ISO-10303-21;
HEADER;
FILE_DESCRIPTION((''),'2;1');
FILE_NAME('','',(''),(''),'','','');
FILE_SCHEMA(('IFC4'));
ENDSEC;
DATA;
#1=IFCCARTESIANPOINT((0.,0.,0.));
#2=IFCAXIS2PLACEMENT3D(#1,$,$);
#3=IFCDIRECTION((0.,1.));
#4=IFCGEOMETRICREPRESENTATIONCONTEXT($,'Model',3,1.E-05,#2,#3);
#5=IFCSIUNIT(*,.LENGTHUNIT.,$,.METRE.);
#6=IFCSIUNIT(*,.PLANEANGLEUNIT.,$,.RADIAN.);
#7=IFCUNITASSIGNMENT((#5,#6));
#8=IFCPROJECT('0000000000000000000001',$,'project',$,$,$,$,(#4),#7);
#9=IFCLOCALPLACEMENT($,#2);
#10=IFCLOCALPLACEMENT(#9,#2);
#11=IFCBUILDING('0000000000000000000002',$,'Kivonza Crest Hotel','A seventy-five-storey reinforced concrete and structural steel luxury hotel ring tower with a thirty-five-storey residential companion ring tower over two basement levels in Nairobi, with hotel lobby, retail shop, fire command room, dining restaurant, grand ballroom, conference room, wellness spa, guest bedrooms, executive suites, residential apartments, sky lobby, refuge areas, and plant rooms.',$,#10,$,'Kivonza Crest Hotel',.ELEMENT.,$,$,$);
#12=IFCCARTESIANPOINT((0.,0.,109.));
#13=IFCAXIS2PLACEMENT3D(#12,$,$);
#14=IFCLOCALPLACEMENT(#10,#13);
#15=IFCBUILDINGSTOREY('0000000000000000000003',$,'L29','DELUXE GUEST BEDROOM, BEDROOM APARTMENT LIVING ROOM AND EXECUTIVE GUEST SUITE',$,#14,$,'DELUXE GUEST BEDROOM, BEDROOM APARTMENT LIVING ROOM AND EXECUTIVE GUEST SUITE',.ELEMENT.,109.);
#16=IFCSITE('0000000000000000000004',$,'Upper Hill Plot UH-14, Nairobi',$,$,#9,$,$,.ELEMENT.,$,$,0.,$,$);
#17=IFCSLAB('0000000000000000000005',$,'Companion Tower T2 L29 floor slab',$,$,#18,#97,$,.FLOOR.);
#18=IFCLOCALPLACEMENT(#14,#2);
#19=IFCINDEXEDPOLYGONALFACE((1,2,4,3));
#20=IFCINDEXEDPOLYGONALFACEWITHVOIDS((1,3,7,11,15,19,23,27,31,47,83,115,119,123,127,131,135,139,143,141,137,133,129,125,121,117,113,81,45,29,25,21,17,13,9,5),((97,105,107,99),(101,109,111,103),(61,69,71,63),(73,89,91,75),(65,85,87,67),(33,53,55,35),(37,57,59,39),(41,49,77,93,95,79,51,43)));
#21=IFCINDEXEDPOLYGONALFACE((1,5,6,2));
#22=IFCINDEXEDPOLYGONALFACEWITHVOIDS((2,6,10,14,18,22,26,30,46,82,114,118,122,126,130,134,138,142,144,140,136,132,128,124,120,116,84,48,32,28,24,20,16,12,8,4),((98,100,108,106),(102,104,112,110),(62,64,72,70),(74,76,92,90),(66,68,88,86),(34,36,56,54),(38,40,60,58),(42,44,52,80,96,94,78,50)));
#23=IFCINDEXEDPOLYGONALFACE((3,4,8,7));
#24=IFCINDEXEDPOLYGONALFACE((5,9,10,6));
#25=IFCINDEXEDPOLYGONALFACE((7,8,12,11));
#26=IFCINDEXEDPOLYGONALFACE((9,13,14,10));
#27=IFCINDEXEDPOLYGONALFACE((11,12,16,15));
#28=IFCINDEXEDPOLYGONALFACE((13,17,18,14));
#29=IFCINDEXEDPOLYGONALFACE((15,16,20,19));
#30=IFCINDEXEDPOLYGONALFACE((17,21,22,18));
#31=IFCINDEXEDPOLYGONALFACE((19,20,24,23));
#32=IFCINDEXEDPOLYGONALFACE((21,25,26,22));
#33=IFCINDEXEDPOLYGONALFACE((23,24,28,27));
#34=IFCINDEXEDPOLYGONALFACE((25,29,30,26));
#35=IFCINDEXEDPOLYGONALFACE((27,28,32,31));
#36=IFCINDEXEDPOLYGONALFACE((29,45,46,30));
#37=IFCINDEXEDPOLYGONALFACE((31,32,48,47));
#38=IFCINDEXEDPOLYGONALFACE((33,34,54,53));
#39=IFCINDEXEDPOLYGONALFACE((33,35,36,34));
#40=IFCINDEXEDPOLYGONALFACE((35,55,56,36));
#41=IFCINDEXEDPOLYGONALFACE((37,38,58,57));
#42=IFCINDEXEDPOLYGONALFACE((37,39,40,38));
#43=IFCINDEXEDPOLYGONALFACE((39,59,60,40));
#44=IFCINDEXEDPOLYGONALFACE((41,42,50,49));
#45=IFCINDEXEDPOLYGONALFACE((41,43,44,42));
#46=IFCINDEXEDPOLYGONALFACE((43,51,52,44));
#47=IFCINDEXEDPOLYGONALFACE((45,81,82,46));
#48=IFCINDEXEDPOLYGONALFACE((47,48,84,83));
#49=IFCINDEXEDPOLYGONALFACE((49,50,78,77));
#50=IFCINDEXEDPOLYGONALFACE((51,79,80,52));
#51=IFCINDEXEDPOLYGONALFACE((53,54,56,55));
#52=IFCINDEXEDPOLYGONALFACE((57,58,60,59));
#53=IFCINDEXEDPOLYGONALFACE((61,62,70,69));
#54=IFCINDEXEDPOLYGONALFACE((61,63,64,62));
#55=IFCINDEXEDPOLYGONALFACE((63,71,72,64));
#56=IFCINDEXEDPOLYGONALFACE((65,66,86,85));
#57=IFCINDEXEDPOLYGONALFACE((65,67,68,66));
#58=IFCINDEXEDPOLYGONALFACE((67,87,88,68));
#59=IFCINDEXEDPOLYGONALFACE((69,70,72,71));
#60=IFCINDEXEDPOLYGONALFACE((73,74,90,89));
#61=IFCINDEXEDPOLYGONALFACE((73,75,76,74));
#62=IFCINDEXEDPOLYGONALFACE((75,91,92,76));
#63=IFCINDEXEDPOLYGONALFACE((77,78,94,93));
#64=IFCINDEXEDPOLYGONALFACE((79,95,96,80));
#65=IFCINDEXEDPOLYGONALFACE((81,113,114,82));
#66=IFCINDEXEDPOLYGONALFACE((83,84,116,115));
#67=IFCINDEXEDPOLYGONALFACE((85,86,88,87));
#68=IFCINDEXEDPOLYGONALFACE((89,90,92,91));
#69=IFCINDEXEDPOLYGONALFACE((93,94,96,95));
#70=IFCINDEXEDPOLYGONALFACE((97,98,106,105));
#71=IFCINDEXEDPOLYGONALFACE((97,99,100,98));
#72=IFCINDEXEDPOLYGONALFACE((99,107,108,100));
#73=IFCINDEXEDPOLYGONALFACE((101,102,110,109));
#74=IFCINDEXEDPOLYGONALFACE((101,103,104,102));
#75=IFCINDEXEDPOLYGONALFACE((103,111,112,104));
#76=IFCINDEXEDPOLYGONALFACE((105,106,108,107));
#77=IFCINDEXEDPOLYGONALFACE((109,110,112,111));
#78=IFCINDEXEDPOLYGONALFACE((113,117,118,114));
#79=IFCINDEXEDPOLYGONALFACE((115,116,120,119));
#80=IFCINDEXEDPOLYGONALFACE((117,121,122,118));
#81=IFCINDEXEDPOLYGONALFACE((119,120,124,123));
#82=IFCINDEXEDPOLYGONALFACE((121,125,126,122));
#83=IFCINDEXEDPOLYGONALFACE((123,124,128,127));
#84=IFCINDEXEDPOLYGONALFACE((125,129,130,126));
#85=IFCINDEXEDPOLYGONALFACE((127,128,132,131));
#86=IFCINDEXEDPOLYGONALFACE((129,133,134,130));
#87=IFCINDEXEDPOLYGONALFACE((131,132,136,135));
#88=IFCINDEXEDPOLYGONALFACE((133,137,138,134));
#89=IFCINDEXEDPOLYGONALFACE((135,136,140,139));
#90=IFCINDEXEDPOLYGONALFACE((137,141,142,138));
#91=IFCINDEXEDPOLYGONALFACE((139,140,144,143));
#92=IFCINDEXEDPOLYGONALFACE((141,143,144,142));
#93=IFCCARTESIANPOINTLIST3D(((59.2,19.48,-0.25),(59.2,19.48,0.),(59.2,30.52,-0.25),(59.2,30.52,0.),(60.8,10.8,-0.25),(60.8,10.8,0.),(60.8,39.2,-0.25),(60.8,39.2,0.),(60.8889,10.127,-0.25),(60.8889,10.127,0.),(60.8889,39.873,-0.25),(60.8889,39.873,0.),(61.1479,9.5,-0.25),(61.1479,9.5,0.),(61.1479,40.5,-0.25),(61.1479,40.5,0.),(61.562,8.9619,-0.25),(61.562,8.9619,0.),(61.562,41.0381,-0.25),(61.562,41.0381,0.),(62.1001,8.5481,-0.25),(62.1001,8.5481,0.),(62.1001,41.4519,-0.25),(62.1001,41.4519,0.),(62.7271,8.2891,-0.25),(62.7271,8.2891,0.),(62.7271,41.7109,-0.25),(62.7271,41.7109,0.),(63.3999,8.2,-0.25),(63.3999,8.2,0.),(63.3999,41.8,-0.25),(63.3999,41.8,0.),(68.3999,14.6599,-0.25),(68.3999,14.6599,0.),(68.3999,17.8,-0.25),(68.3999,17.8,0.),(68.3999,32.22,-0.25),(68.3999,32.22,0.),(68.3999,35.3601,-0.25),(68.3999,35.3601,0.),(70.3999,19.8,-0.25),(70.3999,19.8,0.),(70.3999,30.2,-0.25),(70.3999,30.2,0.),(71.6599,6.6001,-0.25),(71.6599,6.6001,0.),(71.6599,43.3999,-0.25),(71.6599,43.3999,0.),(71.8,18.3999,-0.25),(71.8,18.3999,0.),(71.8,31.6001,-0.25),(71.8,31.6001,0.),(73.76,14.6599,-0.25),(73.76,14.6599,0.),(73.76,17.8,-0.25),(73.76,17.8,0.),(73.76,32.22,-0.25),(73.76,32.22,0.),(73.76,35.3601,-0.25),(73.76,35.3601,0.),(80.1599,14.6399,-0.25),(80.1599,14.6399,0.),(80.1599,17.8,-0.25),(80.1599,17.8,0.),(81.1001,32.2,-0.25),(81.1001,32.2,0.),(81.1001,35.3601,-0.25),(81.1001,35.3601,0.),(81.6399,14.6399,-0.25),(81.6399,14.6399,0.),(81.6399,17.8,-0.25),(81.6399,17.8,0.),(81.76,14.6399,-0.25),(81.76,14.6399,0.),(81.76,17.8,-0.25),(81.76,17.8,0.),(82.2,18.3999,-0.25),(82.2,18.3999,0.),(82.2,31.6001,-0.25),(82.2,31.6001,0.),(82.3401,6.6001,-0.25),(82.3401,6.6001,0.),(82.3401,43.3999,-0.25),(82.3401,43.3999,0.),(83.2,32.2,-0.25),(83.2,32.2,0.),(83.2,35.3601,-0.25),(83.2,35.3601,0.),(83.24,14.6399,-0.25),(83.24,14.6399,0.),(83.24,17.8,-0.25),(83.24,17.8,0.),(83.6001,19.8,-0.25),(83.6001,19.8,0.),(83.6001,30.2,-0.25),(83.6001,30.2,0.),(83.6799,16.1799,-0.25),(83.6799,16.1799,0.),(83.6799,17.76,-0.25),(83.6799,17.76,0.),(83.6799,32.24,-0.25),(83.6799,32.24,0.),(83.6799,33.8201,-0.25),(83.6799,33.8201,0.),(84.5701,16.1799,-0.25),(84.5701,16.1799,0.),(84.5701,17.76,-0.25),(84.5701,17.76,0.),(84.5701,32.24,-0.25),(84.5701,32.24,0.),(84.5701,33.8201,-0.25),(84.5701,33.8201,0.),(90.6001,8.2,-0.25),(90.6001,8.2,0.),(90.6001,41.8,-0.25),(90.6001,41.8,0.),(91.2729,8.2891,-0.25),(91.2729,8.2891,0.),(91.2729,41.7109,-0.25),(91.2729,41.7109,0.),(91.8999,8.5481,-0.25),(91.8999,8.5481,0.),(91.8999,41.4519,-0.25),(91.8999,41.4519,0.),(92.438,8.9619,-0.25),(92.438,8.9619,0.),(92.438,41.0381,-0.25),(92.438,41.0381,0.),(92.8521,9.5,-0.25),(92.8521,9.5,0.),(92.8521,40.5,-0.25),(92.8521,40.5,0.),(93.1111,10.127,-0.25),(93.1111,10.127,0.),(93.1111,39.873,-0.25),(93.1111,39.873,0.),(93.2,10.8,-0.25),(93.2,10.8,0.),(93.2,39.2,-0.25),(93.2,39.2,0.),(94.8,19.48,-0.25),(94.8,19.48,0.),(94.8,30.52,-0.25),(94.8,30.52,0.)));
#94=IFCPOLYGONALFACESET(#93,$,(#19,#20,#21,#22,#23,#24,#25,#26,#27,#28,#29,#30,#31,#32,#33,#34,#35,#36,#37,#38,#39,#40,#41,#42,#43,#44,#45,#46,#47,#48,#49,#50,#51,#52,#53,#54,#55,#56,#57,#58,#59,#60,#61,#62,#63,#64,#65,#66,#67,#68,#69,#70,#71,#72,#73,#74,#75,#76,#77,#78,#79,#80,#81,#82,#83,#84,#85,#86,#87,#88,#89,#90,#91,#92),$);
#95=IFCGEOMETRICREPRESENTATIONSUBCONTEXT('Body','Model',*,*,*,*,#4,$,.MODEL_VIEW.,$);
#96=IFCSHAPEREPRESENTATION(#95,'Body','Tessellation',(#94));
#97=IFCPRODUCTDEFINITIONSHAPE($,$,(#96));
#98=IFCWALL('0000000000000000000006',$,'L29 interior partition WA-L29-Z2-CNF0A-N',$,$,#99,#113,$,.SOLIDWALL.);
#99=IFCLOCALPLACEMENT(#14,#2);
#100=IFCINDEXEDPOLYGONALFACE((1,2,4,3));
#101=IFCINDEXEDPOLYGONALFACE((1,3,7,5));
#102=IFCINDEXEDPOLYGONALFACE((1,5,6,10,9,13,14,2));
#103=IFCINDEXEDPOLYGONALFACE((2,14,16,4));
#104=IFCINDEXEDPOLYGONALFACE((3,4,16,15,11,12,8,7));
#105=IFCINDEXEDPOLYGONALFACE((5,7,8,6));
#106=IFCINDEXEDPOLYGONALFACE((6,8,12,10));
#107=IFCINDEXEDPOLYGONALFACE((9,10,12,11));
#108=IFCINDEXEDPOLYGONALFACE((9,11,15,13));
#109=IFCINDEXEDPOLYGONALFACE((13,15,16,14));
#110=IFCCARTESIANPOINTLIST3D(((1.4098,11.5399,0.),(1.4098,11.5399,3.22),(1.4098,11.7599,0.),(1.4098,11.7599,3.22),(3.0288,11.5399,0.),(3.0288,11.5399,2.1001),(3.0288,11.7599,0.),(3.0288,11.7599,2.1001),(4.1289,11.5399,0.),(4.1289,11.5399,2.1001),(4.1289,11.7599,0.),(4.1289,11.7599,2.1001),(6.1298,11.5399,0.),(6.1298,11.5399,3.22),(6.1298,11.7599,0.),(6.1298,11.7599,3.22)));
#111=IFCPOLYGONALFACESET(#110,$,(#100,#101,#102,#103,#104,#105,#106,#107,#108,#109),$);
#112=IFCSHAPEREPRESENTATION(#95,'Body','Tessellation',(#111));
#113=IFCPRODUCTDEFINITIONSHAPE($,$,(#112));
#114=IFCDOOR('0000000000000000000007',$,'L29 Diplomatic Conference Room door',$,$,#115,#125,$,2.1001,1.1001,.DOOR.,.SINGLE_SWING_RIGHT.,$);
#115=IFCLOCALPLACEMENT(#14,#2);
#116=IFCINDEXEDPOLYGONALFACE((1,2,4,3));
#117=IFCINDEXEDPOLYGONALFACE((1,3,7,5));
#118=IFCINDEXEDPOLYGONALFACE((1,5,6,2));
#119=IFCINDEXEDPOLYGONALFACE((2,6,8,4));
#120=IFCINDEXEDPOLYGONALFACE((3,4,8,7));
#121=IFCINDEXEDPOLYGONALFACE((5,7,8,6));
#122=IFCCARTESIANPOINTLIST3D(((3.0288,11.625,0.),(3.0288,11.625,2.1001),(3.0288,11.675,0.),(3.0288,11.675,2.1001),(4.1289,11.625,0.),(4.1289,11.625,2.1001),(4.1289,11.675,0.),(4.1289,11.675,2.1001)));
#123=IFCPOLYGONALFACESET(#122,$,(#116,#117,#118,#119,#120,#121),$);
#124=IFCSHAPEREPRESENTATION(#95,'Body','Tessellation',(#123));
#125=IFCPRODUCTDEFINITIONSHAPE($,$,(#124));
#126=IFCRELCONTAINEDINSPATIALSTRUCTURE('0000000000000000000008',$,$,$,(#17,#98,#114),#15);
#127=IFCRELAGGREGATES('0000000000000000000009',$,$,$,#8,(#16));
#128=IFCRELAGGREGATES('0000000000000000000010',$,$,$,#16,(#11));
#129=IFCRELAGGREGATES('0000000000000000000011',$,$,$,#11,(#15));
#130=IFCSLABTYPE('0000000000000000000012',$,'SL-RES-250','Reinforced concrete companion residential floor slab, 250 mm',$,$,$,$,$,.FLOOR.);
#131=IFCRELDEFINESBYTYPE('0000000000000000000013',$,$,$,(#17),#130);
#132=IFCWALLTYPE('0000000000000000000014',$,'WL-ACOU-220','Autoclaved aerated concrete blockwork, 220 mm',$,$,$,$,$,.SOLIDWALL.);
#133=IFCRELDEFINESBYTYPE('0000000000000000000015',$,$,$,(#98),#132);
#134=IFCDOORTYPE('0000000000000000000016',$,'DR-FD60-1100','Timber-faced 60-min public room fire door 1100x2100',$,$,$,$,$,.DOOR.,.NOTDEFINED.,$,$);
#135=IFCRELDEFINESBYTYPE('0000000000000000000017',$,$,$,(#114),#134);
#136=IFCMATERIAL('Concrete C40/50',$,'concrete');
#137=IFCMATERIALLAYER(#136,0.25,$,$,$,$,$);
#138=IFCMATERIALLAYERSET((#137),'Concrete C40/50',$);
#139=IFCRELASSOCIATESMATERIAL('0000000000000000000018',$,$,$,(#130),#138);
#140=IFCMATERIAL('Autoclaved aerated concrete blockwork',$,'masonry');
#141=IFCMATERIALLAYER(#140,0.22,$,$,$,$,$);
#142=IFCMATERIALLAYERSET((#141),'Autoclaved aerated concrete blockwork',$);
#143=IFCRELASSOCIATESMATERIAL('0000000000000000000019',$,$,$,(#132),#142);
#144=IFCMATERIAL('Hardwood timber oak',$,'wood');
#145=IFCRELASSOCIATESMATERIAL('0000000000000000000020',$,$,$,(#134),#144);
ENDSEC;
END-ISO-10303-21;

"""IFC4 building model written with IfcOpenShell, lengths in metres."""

from ifc_helpers import new_model, si_unit, direction, frame, frame_2d, origin, place, context, subcontext, project, spatial, polyline, rectangle, outline, extrude, material, layer, layer_set, type_object, element, fill, save


model = new_model("IFC4")

# Units and contexts
model_context = context("Model", 3, precision=1e-05, world=origin(), true_north=direction((0.0, 1.0)))
body_context = subcontext(model_context, "Body", "Model", "MODEL_VIEW")
ifc_project = project(units=[si_unit("LENGTHUNIT", "METRE"), si_unit("PLANEANGLEUNIT", "RADIAN")], contexts=[model_context])

# Site, building, storey
site_placement = place(None, origin())
site = spatial("IfcSite", under=ifc_project, at=site_placement, Name="Upper Hill Plot UH-14, Nairobi", CompositionType="ELEMENT", RefElevation=0.0)
building_placement = place(site_placement, origin())
building = spatial("IfcBuilding", under=site, at=building_placement, Name="Kivonza Crest Hotel", Description="A seventy-five-storey reinforced concrete and structural steel luxury hotel ring tower with a thirty-five-storey residential companion ring tower over two basement levels in Nairobi, with hotel lobby, retail shop, fire command room, dining restaurant, grand ballroom, conference room, wellness spa, guest bedrooms, executive suites, residential apartments, sky lobby, refuge areas, and plant rooms.", LongName="Kivonza Crest Hotel", CompositionType="ELEMENT")
storey_placement = place(building_placement, frame((0.0, 0.0, 109.0)))
storey = spatial("IfcBuildingStorey", under=building, at=storey_placement, Name="L29", Description="DELUXE GUEST BEDROOM, BEDROOM APARTMENT LIVING ROOM AND EXECUTIVE GUEST SUITE", LongName="DELUXE GUEST BEDROOM, BEDROOM APARTMENT LIVING ROOM AND EXECUTIVE GUEST SUITE", CompositionType="ELEMENT", Elevation=109.0)

# Shared definitions
ifc_material_1 = material(Name="Concrete C40/50", Category="concrete")

# Slab
ifc_layer_1 = layer(ifc_material_1, 0.25)
ifc_layer_set_1 = layer_set([ifc_layer_1], Name="Concrete C40/50")
slab_type_1 = type_object("IfcSlabType", Name="SL-RES-250", Description="Reinforced concrete companion residential floor slab, 250 mm", PredefinedType="FLOOR", material=ifc_layer_set_1)
slab_1_placement = place(storey_placement, frame((0.0, 0.0, -0.25)))
element("IfcSlab", 1, at=slab_1_placement, inside=storey, type_object=slab_type_1, Name="Companion Tower T2 L29 floor slab", PredefinedType="FLOOR", context=body_context, shape_type="SweptSolid", body=[
    extrude(outline(polyline([(60.8, 10.8), (60.8889, 10.127), (61.1479, 9.5), (61.562, 8.9619), (62.1001, 8.5481), (62.7271, 8.2891), (63.3999, 8.2), (71.6599, 6.6001), (82.3401, 6.6001), (90.6001, 8.2), (91.2729, 8.2891), (91.8999, 8.5481), (92.438, 8.9619), (92.8521, 9.5), (93.1111, 10.127), (93.2, 10.8), (94.8, 19.48), (94.8, 30.52), (93.2, 39.2), (93.1111, 39.873), (92.8521, 40.5), (92.438, 41.0381), (91.8999, 41.4519), (91.2729, 41.7109), (90.6001, 41.8), (82.3401, 43.3999), (71.6599, 43.3999), (63.3999, 41.8), (62.7271, 41.7109), (62.1001, 41.4519), (61.562, 41.0381), (61.1479, 40.5), (60.8889, 39.873), (60.8, 39.2), (59.2, 30.52), (59.2, 19.48), (60.8, 10.8)]), holes=[polyline([(71.8, 18.3999), (82.2, 18.3999), (83.6001, 19.8), (83.6001, 30.2), (82.2, 31.6001), (71.8, 31.6001), (70.3999, 30.2), (70.3999, 19.8), (71.8, 18.3999)]), polyline([(68.3999, 32.22), (73.76, 32.22), (73.76, 35.3601), (68.3999, 35.3601), (68.3999, 32.22)]), polyline([(68.3999, 14.6599), (73.76, 14.6599), (73.76, 17.8), (68.3999, 17.8), (68.3999, 14.6599)]), polyline([(83.6799, 32.24), (84.5701, 32.24), (84.5701, 33.8201), (83.6799, 33.8201), (83.6799, 32.24)]), polyline([(83.6799, 16.1799), (84.5701, 16.1799), (84.5701, 17.76), (83.6799, 17.76), (83.6799, 16.1799)]), polyline([(81.1001, 32.2), (83.2, 32.2), (83.2, 35.3601), (81.1001, 35.3601), (81.1001, 32.2)]), polyline([(80.1599, 14.6399), (81.6399, 14.6399), (81.6399, 17.8), (80.1599, 17.8), (80.1599, 14.6399)]), polyline([(81.76, 14.6399), (83.24, 14.6399), (83.24, 17.8), (81.76, 17.8), (81.76, 14.6399)])]), origin(), (0.0, 0.0, 1.0), 0.25),
])

# Wall, opening, door
ifc_material_2 = material(Name="Autoclaved aerated concrete blockwork", Category="masonry")
ifc_layer_2 = layer(ifc_material_2, 0.22)
ifc_layer_set_2 = layer_set([ifc_layer_2], Name="Autoclaved aerated concrete blockwork")
wall_type_1 = type_object("IfcWallType", Name="WL-ACOU-220", Description="Autoclaved aerated concrete blockwork, 220 mm", PredefinedType="SOLIDWALL", material=ifc_layer_set_2)
wall_1_placement = place(storey_placement, frame((1.4099, 11.6499, 0.0), z_axis=(0.0, 0.0, 1.0), x_axis=(1.0, 0.0, 0.0)))
wall_1 = element("IfcWall", 2, at=wall_1_placement, inside=storey, type_object=wall_type_1, Name="L29 interior partition WA-L29-Z2-CNF0A-N", PredefinedType="SOLIDWALL", context=body_context, shape_type="SweptSolid", body=[
    extrude(rectangle(XDim=4.72, YDim=0.22, at=frame_2d((2.3599, 0.0))), origin(), (0.0, 0.0, 1.0), 3.22),
])
opening_1_placement = place(wall_1_placement, frame((1.6189, 0.0, 0.0)))
opening_1 = element("IfcOpeningElement", 3, at=opening_1_placement, cuts=wall_1, PredefinedType="OPENING", context=body_context, shape_type="SweptSolid", body=[
    extrude(rectangle(XDim=1.1001, YDim=2.1001, at=frame_2d((0.55, 1.05))), frame((0.0, 0.1201, 0.0), z_axis=(0.0, -1.0, 0.0), x_axis=(1.0, 0.0, 0.0)), (0.0, 0.0, 1.0), 0.24),
])
ifc_material_3 = material(Name="Hardwood timber oak", Category="wood")
door_type_1 = type_object("IfcDoorType", Name="DR-FD60-1100", Description="Timber-faced 60-min public room fire door 1100x2100", OperationType="NOTDEFINED", PredefinedType="DOOR", material=ifc_material_3)
door_1_placement = place(opening_1_placement, frame((1.1001, 0.0, 0.0), z_axis=(0.0, 0.0, 1.0), x_axis=(-1.0, 0.0, 0.0)))
door_1 = element("IfcDoor", 4, at=door_1_placement, inside=storey, type_object=door_type_1, Name="L29 Diplomatic Conference Room door", OperationType="SINGLE_SWING_RIGHT", OverallHeight=2.1001, OverallWidth=1.1001, PredefinedType="DOOR", context=body_context, shape_type="SweptSolid", body=[
    extrude(rectangle(XDim=1.1001, YDim=2.1001, at=frame_2d((0.55, 1.05))), frame((0.0, 0.0249, 0.0), z_axis=(0.0, -1.0, 0.0), x_axis=(1.0, 0.0, 0.0)), (0.0, 0.0, 1.0), 0.05),
])
fill(opening_1, door_1)

save(model, "model.ifc")
